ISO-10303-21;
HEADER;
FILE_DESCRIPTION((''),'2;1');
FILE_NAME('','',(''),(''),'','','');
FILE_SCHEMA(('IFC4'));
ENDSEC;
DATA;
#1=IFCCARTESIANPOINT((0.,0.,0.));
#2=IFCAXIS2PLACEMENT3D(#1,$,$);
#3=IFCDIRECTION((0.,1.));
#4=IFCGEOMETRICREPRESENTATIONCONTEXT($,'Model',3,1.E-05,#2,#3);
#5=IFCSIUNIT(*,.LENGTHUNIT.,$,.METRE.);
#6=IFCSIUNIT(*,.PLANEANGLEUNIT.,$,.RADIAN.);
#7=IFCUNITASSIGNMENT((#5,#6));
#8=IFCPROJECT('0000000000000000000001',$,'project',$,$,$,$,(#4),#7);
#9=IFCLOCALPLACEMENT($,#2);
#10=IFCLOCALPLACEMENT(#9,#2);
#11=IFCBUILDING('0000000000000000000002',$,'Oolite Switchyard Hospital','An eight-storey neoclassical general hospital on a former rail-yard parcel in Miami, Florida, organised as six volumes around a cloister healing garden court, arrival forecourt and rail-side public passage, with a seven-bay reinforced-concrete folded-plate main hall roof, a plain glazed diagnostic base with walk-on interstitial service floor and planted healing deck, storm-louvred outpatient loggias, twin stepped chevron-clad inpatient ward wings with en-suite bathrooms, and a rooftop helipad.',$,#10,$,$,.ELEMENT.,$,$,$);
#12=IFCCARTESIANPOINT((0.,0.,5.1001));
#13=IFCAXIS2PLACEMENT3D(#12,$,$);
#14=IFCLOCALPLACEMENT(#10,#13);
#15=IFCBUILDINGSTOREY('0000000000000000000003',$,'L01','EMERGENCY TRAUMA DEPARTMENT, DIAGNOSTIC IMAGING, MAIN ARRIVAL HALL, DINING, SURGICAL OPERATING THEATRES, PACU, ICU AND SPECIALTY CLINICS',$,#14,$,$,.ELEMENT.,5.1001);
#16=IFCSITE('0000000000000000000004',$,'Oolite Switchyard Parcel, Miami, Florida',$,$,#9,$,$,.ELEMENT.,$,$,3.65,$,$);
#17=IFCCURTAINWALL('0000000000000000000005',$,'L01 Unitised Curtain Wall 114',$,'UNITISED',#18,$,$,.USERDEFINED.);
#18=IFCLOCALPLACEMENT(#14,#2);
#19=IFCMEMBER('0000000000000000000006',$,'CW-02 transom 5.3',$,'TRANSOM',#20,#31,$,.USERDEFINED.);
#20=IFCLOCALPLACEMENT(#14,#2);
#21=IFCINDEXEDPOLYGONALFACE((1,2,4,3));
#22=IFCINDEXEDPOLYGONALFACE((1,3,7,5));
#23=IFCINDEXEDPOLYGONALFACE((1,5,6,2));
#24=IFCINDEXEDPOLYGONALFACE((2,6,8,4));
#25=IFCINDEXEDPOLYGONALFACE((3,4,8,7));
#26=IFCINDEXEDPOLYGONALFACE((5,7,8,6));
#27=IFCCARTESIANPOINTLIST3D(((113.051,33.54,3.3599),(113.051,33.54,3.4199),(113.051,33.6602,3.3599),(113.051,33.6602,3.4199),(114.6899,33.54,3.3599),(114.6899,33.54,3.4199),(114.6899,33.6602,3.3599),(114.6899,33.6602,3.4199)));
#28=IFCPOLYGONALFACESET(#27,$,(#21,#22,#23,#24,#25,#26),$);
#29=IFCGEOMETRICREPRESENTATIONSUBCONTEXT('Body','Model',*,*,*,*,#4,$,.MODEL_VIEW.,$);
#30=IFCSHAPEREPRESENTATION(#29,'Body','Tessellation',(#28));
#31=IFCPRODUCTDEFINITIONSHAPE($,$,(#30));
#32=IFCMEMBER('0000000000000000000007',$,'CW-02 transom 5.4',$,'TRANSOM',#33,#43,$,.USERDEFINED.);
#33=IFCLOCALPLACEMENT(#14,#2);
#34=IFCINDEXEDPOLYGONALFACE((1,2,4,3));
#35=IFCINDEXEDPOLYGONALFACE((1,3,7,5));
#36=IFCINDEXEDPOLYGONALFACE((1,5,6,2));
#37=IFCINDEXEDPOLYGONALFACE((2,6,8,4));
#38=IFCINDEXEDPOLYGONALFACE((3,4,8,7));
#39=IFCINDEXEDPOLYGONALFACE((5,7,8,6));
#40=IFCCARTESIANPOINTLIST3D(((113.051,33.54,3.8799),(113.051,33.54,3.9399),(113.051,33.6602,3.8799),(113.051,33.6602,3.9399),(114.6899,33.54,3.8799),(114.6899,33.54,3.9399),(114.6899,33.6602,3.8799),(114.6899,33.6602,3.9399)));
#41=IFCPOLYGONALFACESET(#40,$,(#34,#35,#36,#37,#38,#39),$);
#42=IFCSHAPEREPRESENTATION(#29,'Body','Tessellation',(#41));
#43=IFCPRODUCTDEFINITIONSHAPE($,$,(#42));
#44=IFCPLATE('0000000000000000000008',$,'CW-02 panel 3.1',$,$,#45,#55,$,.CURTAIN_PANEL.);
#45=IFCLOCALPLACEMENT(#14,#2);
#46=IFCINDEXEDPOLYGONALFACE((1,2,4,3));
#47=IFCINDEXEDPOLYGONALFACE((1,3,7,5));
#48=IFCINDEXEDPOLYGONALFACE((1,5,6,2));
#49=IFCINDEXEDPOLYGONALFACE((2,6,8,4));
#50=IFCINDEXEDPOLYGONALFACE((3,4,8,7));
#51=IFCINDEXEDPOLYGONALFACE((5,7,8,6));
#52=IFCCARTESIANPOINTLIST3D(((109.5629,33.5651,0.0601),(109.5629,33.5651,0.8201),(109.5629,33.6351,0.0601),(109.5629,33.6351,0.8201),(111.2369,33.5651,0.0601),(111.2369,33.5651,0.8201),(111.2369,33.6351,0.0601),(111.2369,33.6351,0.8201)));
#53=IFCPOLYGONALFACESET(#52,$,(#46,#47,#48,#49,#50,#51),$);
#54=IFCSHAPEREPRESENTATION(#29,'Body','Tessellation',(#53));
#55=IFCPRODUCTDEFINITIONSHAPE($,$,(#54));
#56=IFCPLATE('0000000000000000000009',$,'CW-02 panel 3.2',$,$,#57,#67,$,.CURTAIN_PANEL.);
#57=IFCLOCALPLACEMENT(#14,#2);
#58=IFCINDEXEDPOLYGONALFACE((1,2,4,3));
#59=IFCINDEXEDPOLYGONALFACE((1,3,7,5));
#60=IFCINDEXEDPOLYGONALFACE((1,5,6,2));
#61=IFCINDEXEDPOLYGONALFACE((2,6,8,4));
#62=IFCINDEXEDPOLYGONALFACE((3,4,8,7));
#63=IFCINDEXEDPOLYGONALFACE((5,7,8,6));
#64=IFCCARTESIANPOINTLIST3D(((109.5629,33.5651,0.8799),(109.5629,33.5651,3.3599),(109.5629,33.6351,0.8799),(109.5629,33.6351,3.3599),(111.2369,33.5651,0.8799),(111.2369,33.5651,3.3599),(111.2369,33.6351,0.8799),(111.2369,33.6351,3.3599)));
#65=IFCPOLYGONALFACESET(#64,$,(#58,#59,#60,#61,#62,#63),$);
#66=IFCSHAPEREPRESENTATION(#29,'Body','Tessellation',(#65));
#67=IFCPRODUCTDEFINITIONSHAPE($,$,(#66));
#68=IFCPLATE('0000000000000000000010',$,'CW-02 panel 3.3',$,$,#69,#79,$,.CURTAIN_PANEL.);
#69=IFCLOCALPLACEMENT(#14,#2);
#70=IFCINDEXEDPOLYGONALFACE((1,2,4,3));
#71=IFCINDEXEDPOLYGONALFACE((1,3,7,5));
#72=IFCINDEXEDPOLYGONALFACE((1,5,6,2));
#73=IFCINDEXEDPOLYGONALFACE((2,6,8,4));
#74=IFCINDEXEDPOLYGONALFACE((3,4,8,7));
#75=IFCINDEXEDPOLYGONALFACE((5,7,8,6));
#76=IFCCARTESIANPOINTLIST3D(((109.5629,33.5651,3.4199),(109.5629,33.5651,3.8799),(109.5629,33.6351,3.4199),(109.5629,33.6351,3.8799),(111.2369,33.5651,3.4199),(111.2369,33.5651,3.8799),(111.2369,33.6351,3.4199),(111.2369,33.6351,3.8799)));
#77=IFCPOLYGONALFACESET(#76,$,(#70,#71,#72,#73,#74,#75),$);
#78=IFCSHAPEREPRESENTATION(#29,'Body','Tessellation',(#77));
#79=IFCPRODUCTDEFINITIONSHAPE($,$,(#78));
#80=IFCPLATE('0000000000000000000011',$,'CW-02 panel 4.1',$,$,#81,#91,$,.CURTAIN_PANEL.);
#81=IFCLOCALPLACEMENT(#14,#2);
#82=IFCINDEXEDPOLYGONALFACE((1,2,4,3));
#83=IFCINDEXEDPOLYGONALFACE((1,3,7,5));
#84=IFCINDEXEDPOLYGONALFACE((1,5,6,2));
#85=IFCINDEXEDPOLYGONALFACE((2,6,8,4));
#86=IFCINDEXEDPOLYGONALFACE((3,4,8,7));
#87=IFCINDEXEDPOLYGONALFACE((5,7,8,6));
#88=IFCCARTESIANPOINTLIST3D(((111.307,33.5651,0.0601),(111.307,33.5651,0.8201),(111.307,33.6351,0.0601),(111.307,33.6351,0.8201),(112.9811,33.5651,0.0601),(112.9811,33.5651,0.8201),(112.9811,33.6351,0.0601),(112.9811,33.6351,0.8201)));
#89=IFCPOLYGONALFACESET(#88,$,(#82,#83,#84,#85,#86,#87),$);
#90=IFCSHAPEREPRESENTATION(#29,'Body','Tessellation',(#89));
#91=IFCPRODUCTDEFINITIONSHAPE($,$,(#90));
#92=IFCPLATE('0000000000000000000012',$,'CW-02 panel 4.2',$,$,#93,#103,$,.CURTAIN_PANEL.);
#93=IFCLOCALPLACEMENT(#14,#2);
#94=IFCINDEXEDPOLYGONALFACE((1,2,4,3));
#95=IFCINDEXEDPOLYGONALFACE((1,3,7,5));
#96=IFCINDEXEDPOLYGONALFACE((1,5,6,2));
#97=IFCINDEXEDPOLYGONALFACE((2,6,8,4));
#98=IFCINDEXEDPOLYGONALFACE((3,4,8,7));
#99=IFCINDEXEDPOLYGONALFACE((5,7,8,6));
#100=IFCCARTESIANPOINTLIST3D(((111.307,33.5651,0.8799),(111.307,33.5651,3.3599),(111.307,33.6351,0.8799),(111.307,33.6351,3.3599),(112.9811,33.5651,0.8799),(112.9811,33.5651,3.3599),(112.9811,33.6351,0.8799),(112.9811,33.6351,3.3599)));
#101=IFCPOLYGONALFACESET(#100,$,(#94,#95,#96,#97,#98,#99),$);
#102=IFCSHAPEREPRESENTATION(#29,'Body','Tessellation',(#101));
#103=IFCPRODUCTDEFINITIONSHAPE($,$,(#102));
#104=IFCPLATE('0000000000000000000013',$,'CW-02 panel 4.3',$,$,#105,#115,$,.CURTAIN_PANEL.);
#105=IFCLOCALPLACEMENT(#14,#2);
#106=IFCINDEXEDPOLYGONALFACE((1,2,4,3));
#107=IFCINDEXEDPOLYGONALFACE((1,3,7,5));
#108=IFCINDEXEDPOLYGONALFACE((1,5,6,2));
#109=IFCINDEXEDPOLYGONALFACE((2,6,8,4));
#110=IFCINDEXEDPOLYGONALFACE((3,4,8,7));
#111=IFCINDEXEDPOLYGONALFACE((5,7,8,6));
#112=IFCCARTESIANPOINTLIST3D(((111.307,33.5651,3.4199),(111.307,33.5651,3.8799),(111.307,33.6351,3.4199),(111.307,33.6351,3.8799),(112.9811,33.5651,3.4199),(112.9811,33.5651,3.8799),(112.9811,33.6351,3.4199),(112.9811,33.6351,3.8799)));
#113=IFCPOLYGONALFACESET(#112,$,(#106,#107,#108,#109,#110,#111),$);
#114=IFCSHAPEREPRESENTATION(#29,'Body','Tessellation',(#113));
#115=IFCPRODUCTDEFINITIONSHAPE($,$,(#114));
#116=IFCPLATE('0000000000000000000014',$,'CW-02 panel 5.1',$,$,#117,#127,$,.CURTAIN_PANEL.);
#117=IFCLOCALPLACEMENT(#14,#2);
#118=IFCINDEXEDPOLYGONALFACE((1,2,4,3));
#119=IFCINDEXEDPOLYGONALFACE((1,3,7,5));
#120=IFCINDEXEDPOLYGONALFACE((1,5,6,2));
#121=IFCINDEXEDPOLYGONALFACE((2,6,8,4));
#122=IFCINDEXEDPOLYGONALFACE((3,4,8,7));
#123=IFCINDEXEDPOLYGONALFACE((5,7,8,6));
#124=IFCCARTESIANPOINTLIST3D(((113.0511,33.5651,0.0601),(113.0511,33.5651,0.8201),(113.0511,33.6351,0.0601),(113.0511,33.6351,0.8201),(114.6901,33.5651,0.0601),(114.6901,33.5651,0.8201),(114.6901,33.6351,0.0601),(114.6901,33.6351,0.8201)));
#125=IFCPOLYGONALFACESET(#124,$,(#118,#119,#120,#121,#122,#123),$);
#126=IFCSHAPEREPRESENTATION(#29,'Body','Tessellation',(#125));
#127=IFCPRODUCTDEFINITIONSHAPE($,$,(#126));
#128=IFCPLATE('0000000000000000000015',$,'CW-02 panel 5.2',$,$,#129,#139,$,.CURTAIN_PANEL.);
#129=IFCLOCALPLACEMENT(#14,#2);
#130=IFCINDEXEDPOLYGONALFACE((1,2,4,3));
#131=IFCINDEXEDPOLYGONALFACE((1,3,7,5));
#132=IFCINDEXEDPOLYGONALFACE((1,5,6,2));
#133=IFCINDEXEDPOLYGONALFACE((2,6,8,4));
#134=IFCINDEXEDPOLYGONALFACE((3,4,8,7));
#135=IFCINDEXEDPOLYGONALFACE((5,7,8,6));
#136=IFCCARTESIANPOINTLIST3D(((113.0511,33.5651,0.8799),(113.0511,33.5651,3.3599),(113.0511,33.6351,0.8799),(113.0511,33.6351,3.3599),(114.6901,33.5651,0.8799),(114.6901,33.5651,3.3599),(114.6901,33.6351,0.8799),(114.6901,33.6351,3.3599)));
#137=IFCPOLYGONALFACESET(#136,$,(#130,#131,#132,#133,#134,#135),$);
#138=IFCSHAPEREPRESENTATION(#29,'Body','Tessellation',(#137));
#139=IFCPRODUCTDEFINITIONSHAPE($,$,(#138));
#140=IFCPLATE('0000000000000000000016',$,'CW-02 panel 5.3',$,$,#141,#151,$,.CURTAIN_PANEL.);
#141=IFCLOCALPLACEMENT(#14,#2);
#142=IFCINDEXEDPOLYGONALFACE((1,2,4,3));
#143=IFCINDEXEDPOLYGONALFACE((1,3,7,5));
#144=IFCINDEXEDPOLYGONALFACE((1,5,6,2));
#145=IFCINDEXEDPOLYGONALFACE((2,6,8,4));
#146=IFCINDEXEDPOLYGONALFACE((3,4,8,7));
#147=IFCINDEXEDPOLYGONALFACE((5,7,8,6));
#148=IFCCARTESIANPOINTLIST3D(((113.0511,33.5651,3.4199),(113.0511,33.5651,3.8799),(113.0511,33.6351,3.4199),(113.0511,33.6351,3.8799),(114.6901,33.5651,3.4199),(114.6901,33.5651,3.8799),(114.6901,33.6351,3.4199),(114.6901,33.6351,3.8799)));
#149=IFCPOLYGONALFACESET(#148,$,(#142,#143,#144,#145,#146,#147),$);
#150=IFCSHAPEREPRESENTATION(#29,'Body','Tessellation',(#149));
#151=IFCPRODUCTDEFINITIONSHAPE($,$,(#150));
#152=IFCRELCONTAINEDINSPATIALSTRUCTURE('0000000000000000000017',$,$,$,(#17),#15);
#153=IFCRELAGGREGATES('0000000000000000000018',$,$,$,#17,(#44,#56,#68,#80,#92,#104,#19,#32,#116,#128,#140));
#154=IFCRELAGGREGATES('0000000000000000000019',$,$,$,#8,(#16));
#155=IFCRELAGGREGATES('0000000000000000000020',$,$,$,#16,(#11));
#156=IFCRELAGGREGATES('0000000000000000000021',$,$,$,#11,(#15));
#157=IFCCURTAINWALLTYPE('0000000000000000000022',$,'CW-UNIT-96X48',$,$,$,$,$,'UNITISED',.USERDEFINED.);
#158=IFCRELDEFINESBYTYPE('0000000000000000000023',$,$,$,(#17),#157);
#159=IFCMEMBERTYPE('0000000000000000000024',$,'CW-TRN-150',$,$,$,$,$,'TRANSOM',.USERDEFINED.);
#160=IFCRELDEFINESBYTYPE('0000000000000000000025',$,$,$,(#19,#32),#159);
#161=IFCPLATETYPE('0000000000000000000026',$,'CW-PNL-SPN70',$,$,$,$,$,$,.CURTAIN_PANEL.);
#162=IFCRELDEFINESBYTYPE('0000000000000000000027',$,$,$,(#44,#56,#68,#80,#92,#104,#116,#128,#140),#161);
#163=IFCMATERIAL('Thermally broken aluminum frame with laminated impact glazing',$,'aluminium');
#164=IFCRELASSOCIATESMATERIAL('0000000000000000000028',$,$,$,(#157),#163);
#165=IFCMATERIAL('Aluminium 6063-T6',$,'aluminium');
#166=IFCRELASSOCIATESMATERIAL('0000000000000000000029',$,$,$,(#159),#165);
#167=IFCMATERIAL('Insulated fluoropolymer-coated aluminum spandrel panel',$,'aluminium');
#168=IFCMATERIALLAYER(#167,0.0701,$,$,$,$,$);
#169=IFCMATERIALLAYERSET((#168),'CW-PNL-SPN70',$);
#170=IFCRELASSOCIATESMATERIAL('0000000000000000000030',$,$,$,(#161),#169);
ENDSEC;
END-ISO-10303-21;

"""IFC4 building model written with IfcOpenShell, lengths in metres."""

from ifc_helpers import new_model, si_unit, direction, frame, origin, origin_2d, place, context, subcontext, project, spatial, rectangle, extrude, material, layer, layer_set, material_profile, profile_set, type_object, element, aggregate, save


model = new_model("IFC4")

# Units and contexts
model_context = context("Model", 3, precision=1e-05, world=origin(), true_north=direction((0.0, 1.0)))
body_context = subcontext(model_context, "Body", "Model", "MODEL_VIEW")
ifc_project = project(units=[si_unit("LENGTHUNIT", "METRE"), si_unit("PLANEANGLEUNIT", "RADIAN")], contexts=[model_context])

# Site, building, storey
site_placement = place(None, origin())
site = spatial("IfcSite", under=ifc_project, at=site_placement, Name="Oolite Switchyard Parcel, Miami, Florida", CompositionType="ELEMENT", RefElevation=3.65)
building_placement = place(site_placement, origin())
building = spatial("IfcBuilding", under=site, at=building_placement, Name="Oolite Switchyard Hospital", Description="An eight-storey neoclassical general hospital on a former rail-yard parcel in Miami, Florida, organised as six volumes around a cloister healing garden court, arrival forecourt and rail-side public passage, with a seven-bay reinforced-concrete folded-plate main hall roof, a plain glazed diagnostic base with walk-on interstitial service floor and planted healing deck, storm-louvred outpatient loggias, twin stepped chevron-clad inpatient ward wings with en-suite bathrooms, and a rooftop helipad.", CompositionType="ELEMENT")
storey_placement = place(building_placement, frame((0.0, 0.0, 5.1001)))
storey = spatial("IfcBuildingStorey", under=building, at=storey_placement, Name="L01", Description="EMERGENCY TRAUMA DEPARTMENT, DIAGNOSTIC IMAGING, MAIN ARRIVAL HALL, DINING, SURGICAL OPERATING THEATRES, PACU, ICU AND SPECIALTY CLINICS", CompositionType="ELEMENT", Elevation=5.1001)

# Curtain wall
ifc_material_1 = material(Name="Thermally broken aluminum frame with laminated impact glazing", Category="aluminium")
curtain_wall_type_1 = type_object("IfcCurtainWallType", Name="CW-UNIT-96X48", ElementType="UNITISED", PredefinedType="USERDEFINED", material=ifc_material_1)
curtain_wall_1_placement = place(storey_placement, origin())
curtain_wall_1 = element("IfcCurtainWall", 1, at=curtain_wall_1_placement, inside=storey, type_object=curtain_wall_type_1, Name="L01 Unitised Curtain Wall 114", ObjectType="UNITISED", PredefinedType="USERDEFINED")
ifc_material_2 = material(Name="Aluminium 6063-T6", Category="aluminium")

# Members
ifc_material_profile_1 = material_profile(ifc_material_2, rectangle(XDim=0.1201, YDim=0.0601, at=origin_2d()), Name="CWT60X120")
ifc_profile_set_1 = profile_set([ifc_material_profile_1], Name="Aluminium 6063-T6")
member_type_1 = type_object("IfcMemberType", Name="CW-TRN-150", ElementType="TRANSOM", PredefinedType="USERDEFINED", material=ifc_profile_set_1)
member_1_placement = place(storey_placement, frame((113.051, 33.6001, 3.3899), z_axis=(1.0, 0.0, 0.0), x_axis=(0.0, 1.0, 0.0)))
member_1 = element("IfcMember", 2, at=member_1_placement, type_object=member_type_1, Name="CW-02 transom 5.3", ObjectType="TRANSOM", PredefinedType="USERDEFINED", context=body_context, shape_type="SweptSolid", body=[
    extrude(rectangle(XDim=0.1201, YDim=0.0601, at=origin_2d()), origin(), (0.0, 0.0, 1.0), 1.6389),
])
member_2_placement = place(storey_placement, frame((113.051, 33.6001, 3.9099), z_axis=(1.0, 0.0, 0.0), x_axis=(0.0, 1.0, 0.0)))
member_2 = element("IfcMember", 3, at=member_2_placement, type_object=member_type_1, Name="CW-02 transom 5.4", ObjectType="TRANSOM", PredefinedType="USERDEFINED", context=body_context, shape_type="SweptSolid", body=[
    extrude(rectangle(XDim=0.1201, YDim=0.0601, at=origin_2d()), origin(), (0.0, 0.0, 1.0), 1.6389),
])

# Plates
ifc_material_3 = material(Name="Insulated fluoropolymer-coated aluminum spandrel panel", Category="aluminium")
ifc_layer = layer(ifc_material_3, 0.0701)
ifc_layer_set = layer_set([ifc_layer], Name="CW-PNL-SPN70")
plate_type = type_object("IfcPlateType", Name="CW-PNL-SPN70", PredefinedType="CURTAIN_PANEL", material=ifc_layer_set)
plate_1_placement = place(storey_placement, frame((110.3999, 33.6001, 0.0601), z_axis=(0.0, 0.0, 1.0), x_axis=(1.0, 0.0, 0.0)))
plate_1 = element("IfcPlate", 4, at=plate_1_placement, type_object=plate_type, Name="CW-02 panel 3.1", PredefinedType="CURTAIN_PANEL", context=body_context, shape_type="SweptSolid", body=[
    extrude(rectangle(XDim=1.6741, YDim=0.0701, at=origin_2d()), origin(), (0.0, 0.0, 1.0), 0.76),
])
plate_2_placement = place(storey_placement, frame((110.3999, 33.6001, 0.8799), z_axis=(0.0, 0.0, 1.0), x_axis=(1.0, 0.0, 0.0)))
plate_2 = element("IfcPlate", 5, at=plate_2_placement, type_object=plate_type, Name="CW-02 panel 3.2", PredefinedType="CURTAIN_PANEL", context=body_context, shape_type="SweptSolid", body=[
    extrude(rectangle(XDim=1.6741, YDim=0.0701, at=origin_2d()), origin(), (0.0, 0.0, 1.0), 2.48),
])
plate_3_placement = place(storey_placement, frame((110.3999, 33.6001, 3.4199), z_axis=(0.0, 0.0, 1.0), x_axis=(1.0, 0.0, 0.0)))
plate_3 = element("IfcPlate", 6, at=plate_3_placement, type_object=plate_type, Name="CW-02 panel 3.3", PredefinedType="CURTAIN_PANEL", context=body_context, shape_type="SweptSolid", body=[
    extrude(rectangle(XDim=1.6741, YDim=0.0701, at=origin_2d()), origin(), (0.0, 0.0, 1.0), 0.46),
])
plate_4_placement = place(storey_placement, frame((112.144, 33.6001, 0.0601), z_axis=(0.0, 0.0, 1.0), x_axis=(1.0, 0.0, 0.0)))
plate_4 = element("IfcPlate", 7, at=plate_4_placement, type_object=plate_type, Name="CW-02 panel 4.1", PredefinedType="CURTAIN_PANEL", context=body_context, shape_type="SweptSolid", body=[
    extrude(rectangle(XDim=1.6741, YDim=0.0701, at=origin_2d()), origin(), (0.0, 0.0, 1.0), 0.76),
])
plate_5_placement = place(storey_placement, frame((112.144, 33.6001, 0.8799), z_axis=(0.0, 0.0, 1.0), x_axis=(1.0, 0.0, 0.0)))
plate_5 = element("IfcPlate", 8, at=plate_5_placement, type_object=plate_type, Name="CW-02 panel 4.2", PredefinedType="CURTAIN_PANEL", context=body_context, shape_type="SweptSolid", body=[
    extrude(rectangle(XDim=1.6741, YDim=0.0701, at=origin_2d()), origin(), (0.0, 0.0, 1.0), 2.48),
])
plate_6_placement = place(storey_placement, frame((112.144, 33.6001, 3.4199), z_axis=(0.0, 0.0, 1.0), x_axis=(1.0, 0.0, 0.0)))
plate_6 = element("IfcPlate", 9, at=plate_6_placement, type_object=plate_type, Name="CW-02 panel 4.3", PredefinedType="CURTAIN_PANEL", context=body_context, shape_type="SweptSolid", body=[
    extrude(rectangle(XDim=1.6741, YDim=0.0701, at=origin_2d()), origin(), (0.0, 0.0, 1.0), 0.46),
])
plate_7_placement = place(storey_placement, frame((113.8706, 33.6001, 0.0601), z_axis=(0.0, 0.0, 1.0), x_axis=(1.0, 0.0, 0.0)))
plate_7 = element("IfcPlate", 10, at=plate_7_placement, type_object=plate_type, Name="CW-02 panel 5.1", PredefinedType="CURTAIN_PANEL", context=body_context, shape_type="SweptSolid", body=[
    extrude(rectangle(XDim=1.6389, YDim=0.0701, at=origin_2d()), origin(), (0.0, 0.0, 1.0), 0.76),
])
plate_8_placement = place(storey_placement, frame((113.8706, 33.6001, 0.8799), z_axis=(0.0, 0.0, 1.0), x_axis=(1.0, 0.0, 0.0)))
plate_8 = element("IfcPlate", 11, at=plate_8_placement, type_object=plate_type, Name="CW-02 panel 5.2", PredefinedType="CURTAIN_PANEL", context=body_context, shape_type="SweptSolid", body=[
    extrude(rectangle(XDim=1.6389, YDim=0.0701, at=origin_2d()), origin(), (0.0, 0.0, 1.0), 2.48),
])
plate_9_placement = place(storey_placement, frame((113.8706, 33.6001, 3.4199), z_axis=(0.0, 0.0, 1.0), x_axis=(1.0, 0.0, 0.0)))
plate_9 = element("IfcPlate", 12, at=plate_9_placement, type_object=plate_type, Name="CW-02 panel 5.3", PredefinedType="CURTAIN_PANEL", context=body_context, shape_type="SweptSolid", body=[
    extrude(rectangle(XDim=1.6389, YDim=0.0701, at=origin_2d()), origin(), (0.0, 0.0, 1.0), 0.46),
])
aggregate(curtain_wall_1, [plate_1, plate_2, plate_3, plate_4, plate_5, plate_6, member_1, member_2, plate_7, plate_8, plate_9])

save(model, "model.ifc")
